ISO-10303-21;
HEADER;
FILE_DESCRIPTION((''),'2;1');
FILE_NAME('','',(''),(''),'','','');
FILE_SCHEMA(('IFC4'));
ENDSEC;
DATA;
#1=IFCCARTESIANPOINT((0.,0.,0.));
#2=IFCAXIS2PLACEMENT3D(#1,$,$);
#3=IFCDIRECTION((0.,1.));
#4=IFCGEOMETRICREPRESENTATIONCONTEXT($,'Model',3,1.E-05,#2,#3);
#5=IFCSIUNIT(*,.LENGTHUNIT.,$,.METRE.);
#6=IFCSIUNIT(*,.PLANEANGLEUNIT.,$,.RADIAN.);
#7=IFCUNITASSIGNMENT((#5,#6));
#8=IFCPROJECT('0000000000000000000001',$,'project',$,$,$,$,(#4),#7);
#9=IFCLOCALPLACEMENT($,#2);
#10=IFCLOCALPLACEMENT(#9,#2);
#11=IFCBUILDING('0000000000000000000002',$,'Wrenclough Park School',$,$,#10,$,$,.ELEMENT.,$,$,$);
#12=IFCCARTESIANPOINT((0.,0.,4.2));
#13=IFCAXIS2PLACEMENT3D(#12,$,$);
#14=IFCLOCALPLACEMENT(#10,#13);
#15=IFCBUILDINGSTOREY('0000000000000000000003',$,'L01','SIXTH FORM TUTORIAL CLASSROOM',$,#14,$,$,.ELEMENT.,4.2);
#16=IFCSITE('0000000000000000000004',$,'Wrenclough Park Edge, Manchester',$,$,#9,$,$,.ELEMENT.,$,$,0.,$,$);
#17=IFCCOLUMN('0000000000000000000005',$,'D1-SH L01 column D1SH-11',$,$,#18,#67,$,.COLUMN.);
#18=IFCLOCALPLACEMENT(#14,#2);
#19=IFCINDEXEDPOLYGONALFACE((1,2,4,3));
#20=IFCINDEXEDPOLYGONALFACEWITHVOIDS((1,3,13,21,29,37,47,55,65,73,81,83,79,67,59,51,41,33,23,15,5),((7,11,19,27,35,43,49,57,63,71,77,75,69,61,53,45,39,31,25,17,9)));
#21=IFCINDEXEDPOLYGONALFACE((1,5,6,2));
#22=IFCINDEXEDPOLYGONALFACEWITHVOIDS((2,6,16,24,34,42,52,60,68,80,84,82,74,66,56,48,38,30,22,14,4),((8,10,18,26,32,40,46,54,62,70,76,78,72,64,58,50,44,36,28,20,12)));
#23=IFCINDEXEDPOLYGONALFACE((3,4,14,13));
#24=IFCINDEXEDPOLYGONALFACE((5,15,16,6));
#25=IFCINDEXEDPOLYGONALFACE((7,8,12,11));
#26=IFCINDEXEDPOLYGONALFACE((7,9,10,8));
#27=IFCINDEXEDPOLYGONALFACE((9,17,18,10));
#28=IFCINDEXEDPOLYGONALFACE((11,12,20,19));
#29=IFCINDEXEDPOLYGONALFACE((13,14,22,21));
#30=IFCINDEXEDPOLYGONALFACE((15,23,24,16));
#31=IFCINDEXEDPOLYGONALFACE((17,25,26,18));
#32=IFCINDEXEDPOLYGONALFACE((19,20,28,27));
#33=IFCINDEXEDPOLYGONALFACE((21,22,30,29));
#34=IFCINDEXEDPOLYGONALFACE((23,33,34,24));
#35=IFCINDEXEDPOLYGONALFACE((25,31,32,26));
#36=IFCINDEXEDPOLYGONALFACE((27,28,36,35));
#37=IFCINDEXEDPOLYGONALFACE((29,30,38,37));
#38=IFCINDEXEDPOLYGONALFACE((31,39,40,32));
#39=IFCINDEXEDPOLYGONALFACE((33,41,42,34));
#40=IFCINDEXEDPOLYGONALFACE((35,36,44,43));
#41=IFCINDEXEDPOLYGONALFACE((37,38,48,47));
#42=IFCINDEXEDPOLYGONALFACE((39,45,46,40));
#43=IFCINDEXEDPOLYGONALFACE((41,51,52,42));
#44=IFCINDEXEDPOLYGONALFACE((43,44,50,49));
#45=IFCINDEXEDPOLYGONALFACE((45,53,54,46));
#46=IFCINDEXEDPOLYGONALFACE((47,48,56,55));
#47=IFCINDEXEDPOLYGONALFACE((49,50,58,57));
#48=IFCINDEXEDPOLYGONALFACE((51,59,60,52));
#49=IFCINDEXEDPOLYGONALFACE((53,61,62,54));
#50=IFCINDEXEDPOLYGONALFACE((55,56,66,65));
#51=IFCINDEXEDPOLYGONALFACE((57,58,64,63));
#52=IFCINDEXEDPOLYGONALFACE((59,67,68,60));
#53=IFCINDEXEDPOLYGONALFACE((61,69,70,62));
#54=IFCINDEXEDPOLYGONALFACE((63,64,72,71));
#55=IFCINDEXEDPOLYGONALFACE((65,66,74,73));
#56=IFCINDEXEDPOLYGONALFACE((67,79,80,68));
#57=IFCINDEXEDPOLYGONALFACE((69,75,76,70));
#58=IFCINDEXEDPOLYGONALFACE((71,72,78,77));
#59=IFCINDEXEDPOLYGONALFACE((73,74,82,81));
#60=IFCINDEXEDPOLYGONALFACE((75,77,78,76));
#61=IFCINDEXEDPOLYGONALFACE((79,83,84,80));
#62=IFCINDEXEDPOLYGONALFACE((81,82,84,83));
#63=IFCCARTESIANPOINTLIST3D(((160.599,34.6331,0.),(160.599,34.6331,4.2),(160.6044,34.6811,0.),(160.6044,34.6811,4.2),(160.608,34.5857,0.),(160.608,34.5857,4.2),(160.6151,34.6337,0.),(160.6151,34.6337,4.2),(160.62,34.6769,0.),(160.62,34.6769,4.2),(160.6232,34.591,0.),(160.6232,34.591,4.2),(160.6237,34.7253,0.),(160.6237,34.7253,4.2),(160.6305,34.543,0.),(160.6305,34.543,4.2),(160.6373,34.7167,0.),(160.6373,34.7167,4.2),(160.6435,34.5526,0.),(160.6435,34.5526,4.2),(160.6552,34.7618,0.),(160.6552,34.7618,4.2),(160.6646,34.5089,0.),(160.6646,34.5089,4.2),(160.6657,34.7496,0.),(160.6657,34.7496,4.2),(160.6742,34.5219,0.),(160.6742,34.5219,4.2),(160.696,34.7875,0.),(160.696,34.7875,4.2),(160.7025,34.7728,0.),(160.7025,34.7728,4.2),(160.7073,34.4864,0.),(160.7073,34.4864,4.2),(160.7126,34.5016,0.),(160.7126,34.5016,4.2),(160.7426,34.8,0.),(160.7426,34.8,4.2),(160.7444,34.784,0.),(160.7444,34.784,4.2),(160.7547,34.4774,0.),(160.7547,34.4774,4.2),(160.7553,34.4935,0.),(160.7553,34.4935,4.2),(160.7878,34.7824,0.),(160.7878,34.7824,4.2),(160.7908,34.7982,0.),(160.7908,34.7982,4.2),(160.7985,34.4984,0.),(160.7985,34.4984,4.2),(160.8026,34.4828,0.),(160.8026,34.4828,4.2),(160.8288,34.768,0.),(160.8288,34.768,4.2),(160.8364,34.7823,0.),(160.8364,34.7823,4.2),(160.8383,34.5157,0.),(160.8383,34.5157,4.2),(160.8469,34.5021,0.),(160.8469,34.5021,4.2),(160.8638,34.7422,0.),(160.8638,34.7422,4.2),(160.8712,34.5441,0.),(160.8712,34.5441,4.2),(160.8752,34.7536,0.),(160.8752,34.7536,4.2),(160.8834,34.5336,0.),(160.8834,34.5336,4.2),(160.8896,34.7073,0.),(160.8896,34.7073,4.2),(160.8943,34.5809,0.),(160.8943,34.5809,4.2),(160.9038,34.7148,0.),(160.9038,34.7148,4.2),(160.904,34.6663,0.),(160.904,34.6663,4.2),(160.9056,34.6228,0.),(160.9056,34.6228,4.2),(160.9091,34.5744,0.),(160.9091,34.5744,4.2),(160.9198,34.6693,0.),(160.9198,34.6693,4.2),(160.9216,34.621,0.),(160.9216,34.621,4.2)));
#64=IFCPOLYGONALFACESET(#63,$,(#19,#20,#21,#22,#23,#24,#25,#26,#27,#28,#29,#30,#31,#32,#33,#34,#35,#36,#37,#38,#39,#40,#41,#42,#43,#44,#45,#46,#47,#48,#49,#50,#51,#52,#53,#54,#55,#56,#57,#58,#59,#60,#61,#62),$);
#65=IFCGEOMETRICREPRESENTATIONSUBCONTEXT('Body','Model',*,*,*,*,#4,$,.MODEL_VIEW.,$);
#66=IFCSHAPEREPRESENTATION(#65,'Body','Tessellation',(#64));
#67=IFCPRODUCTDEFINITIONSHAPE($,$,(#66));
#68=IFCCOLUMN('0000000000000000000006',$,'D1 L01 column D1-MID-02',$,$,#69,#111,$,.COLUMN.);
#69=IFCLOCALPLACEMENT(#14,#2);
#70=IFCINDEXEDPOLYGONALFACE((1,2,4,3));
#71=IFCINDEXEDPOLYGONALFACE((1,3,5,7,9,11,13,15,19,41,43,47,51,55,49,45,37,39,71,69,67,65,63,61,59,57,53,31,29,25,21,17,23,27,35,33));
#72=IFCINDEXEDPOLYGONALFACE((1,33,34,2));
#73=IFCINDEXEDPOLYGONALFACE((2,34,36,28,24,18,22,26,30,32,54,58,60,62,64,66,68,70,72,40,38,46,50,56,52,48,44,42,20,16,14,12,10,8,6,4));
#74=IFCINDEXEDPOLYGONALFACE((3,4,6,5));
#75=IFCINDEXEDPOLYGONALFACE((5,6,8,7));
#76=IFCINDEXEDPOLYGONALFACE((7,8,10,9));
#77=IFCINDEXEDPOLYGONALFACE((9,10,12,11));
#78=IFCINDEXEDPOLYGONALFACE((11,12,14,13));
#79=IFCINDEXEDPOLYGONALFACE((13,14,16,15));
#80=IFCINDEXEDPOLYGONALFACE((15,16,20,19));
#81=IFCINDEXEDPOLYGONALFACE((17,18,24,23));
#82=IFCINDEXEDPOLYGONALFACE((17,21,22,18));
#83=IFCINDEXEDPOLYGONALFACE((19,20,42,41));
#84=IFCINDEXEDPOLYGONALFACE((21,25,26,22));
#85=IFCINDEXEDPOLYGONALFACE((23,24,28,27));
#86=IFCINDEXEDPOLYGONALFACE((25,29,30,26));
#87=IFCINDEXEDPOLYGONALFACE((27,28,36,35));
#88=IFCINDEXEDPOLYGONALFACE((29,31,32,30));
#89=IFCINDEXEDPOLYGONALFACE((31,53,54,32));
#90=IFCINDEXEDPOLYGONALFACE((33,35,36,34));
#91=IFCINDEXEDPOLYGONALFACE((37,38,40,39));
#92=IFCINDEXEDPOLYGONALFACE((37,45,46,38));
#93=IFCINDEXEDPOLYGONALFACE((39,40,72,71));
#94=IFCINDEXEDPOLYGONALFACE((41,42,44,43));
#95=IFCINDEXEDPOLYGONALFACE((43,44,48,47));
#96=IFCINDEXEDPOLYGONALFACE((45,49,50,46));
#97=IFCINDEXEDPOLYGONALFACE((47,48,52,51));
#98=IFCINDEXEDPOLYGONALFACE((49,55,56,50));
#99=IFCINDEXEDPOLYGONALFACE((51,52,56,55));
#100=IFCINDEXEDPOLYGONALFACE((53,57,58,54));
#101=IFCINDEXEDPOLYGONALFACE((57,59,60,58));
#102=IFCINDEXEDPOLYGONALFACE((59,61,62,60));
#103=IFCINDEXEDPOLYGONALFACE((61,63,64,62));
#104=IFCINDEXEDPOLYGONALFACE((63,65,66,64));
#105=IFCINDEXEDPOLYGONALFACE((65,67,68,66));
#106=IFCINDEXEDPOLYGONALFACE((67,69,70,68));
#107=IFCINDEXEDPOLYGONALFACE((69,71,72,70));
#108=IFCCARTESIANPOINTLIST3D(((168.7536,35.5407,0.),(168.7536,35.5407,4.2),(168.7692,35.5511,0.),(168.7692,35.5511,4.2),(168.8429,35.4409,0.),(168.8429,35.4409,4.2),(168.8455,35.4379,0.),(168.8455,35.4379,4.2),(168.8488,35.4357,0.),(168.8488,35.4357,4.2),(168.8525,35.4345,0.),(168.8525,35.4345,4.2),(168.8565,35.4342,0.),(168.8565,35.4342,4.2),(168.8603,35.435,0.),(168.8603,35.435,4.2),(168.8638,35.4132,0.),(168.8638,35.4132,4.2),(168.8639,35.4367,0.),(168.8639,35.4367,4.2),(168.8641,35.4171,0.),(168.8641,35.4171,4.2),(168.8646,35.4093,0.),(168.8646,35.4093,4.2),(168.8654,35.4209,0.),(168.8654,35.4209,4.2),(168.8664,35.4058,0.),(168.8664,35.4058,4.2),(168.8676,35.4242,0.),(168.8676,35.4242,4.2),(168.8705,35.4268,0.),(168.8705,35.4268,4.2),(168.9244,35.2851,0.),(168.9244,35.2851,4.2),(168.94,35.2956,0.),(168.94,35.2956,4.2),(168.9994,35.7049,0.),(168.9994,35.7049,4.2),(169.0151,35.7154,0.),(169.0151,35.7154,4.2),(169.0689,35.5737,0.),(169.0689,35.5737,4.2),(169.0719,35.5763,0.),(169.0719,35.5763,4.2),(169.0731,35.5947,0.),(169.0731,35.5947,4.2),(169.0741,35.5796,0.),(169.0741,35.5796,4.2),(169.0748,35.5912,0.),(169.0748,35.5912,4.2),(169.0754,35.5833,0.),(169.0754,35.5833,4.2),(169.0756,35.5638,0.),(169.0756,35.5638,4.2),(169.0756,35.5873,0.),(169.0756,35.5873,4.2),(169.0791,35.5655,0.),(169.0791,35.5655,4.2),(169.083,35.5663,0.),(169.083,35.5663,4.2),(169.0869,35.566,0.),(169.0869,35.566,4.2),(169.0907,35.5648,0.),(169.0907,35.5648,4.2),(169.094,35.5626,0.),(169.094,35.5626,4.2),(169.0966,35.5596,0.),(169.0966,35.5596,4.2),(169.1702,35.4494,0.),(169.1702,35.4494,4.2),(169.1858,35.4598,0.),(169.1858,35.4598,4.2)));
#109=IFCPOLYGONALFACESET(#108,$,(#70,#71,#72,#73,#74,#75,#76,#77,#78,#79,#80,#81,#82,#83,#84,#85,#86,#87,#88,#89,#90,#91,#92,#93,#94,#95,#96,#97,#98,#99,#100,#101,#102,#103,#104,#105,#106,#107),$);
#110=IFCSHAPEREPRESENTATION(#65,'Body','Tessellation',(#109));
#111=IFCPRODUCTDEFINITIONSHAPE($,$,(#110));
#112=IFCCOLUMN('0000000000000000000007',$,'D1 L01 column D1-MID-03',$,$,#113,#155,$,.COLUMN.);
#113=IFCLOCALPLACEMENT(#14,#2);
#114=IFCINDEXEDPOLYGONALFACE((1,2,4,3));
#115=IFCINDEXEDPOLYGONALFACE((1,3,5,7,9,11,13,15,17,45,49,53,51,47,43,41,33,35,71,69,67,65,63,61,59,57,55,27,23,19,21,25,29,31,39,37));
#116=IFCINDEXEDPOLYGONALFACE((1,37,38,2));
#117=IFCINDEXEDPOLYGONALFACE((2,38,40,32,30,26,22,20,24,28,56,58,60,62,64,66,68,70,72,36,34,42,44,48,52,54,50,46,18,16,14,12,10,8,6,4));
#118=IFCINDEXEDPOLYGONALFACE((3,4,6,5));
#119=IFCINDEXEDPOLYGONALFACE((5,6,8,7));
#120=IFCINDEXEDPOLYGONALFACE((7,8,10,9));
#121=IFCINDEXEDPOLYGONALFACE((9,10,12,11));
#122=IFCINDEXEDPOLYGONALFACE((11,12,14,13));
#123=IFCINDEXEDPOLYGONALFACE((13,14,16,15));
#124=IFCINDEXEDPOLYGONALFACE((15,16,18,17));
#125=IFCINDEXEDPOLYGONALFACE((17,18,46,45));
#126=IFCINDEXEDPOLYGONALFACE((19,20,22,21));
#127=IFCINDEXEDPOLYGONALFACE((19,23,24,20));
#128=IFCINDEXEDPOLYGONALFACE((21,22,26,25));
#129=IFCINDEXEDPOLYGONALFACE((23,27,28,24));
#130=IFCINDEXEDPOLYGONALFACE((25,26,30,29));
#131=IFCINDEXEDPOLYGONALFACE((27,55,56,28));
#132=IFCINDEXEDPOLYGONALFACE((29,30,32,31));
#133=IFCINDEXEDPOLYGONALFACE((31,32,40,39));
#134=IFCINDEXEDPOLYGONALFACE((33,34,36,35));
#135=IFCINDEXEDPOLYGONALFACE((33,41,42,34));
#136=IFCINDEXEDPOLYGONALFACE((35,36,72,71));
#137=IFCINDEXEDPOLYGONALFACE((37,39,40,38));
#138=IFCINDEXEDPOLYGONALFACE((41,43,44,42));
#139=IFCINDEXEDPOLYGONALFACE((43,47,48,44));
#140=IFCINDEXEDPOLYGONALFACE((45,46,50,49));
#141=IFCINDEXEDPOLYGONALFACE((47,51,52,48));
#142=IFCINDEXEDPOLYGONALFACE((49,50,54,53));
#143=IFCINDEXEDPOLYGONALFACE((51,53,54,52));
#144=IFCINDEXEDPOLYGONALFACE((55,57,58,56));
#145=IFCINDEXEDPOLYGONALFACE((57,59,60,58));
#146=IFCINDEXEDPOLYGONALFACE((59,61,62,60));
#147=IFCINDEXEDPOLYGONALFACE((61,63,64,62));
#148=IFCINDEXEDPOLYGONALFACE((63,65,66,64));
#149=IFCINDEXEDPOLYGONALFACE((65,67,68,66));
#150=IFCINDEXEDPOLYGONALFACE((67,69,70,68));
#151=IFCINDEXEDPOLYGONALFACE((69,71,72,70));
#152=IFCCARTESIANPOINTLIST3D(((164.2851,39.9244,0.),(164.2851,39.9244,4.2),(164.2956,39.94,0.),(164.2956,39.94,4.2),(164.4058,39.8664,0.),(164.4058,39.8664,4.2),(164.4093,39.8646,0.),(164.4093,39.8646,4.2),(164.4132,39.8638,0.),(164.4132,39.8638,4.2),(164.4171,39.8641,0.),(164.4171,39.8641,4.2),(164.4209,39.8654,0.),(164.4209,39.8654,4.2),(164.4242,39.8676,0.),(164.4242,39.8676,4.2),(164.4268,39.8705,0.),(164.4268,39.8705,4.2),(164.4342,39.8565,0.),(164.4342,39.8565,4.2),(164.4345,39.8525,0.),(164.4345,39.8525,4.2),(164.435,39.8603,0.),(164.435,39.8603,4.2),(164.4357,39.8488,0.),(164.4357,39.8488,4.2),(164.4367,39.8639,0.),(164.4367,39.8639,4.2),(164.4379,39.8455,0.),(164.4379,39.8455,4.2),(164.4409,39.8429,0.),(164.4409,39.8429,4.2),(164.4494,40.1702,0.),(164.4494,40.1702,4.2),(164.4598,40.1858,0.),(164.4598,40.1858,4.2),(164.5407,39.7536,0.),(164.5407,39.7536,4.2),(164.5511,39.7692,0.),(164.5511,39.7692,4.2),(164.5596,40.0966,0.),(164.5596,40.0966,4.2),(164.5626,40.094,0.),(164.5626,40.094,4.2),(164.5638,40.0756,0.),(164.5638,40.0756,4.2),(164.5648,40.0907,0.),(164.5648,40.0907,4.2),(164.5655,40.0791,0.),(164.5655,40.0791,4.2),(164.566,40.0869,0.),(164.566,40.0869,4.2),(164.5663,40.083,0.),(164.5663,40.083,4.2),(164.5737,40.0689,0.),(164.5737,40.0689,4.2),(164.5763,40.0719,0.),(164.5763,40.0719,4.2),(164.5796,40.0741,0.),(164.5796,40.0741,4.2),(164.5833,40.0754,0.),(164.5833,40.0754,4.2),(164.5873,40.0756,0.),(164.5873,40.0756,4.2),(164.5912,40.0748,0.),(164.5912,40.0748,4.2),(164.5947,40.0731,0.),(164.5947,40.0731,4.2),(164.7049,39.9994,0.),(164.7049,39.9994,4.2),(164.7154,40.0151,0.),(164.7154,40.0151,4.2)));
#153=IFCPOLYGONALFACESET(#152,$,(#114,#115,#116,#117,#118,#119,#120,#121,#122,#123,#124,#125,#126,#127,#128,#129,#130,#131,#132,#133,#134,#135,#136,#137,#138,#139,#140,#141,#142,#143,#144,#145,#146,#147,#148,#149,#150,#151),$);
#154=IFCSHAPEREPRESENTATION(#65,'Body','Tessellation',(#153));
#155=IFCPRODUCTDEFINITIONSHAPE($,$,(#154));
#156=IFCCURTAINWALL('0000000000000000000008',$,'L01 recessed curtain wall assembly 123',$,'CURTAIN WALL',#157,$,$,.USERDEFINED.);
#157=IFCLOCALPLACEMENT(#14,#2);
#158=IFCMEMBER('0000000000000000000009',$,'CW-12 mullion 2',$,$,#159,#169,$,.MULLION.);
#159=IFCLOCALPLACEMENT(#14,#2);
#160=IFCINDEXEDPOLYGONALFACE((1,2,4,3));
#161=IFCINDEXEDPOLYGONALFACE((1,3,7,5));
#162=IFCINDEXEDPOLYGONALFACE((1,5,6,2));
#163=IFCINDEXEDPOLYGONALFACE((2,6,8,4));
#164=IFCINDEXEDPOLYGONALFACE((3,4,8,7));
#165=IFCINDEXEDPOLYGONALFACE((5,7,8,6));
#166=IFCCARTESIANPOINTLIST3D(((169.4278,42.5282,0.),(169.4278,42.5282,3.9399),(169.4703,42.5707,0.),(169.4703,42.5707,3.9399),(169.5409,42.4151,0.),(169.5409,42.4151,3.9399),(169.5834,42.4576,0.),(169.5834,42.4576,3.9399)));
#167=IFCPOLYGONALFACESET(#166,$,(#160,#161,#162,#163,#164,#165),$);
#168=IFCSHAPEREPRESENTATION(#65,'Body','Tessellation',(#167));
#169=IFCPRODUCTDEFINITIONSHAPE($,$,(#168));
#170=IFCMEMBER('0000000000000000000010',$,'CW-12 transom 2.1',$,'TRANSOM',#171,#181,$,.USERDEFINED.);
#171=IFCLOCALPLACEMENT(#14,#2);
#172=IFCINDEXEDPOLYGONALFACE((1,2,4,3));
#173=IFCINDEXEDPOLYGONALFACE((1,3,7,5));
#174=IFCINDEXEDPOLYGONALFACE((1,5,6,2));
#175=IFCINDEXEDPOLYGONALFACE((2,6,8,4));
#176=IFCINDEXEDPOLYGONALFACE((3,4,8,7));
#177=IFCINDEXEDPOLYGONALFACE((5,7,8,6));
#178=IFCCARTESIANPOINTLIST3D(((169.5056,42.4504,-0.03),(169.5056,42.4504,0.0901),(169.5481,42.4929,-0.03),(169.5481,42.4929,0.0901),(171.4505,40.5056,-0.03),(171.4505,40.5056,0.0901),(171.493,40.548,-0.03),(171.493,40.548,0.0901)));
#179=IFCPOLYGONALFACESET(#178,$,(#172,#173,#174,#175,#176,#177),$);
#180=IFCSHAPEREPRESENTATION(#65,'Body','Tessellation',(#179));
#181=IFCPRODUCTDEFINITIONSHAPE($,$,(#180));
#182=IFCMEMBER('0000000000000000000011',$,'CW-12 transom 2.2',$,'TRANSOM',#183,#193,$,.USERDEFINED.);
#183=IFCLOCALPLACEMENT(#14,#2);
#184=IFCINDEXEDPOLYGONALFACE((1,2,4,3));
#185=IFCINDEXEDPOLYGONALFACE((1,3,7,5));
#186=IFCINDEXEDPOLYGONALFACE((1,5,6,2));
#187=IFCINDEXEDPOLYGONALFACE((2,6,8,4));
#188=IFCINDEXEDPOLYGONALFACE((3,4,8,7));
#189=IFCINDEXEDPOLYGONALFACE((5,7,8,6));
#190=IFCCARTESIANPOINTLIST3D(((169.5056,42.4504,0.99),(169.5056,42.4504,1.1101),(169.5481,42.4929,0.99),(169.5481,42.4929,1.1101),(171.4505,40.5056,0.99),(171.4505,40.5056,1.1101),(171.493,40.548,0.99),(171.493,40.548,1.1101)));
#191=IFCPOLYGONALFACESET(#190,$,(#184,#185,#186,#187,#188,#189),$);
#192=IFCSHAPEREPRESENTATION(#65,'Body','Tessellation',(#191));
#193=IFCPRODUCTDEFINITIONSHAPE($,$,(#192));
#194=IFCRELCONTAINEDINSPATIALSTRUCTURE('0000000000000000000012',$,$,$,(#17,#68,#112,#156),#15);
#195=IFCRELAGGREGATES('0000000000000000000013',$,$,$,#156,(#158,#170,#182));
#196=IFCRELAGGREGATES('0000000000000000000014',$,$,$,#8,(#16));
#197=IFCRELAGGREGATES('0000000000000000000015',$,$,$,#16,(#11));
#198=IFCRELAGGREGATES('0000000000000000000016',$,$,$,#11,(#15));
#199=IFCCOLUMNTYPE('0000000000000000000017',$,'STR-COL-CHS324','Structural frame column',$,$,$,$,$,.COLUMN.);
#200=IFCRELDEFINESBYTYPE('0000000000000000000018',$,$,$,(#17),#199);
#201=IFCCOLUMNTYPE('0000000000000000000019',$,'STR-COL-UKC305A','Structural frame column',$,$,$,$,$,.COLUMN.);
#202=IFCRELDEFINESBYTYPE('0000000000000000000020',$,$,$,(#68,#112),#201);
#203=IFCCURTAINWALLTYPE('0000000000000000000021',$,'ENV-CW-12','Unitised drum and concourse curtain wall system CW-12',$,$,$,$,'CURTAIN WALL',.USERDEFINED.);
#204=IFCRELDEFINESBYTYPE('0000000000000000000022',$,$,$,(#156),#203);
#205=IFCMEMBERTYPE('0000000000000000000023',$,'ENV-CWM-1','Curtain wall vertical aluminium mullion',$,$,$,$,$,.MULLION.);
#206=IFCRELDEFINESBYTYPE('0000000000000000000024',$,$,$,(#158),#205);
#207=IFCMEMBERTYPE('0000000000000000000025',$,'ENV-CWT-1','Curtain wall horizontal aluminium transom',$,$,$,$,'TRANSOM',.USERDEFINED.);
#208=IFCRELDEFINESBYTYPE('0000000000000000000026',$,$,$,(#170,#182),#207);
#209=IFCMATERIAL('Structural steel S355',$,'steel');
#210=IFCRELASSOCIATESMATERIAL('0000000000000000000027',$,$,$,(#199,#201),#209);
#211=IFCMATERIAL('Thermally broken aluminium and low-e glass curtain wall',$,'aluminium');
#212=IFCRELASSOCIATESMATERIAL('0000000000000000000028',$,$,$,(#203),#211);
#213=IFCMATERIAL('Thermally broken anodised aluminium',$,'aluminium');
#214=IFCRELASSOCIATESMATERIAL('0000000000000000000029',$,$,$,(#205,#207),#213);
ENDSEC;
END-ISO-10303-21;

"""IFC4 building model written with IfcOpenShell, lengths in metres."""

from ifc_helpers import new_model, si_unit, direction, frame, origin, origin_2d, place, context, subcontext, project, spatial, rectangle, hollow_circle, i_section, extrude, material, material_profile, profile_set, type_object, element, aggregate, save


model = new_model("IFC4")

# Units and contexts
model_context = context("Model", 3, precision=1e-05, world=origin(), true_north=direction((0.0, 1.0)))
body_context = subcontext(model_context, "Body", "Model", "MODEL_VIEW")
ifc_project = project(units=[si_unit("LENGTHUNIT", "METRE"), si_unit("PLANEANGLEUNIT", "RADIAN")], contexts=[model_context])

# Site, building, storey
site_placement = place(None, origin())
site = spatial("IfcSite", under=ifc_project, at=site_placement, Name="Wrenclough Park Edge, Manchester", CompositionType="ELEMENT", RefElevation=0.0)
building_placement = place(site_placement, origin())
building = spatial("IfcBuilding", under=site, at=building_placement, Name="Wrenclough Park School", CompositionType="ELEMENT")
storey_placement = place(building_placement, frame((0.0, 0.0, 4.2)))
storey = spatial("IfcBuildingStorey", under=building, at=storey_placement, Name="L01", Description="SIXTH FORM TUTORIAL CLASSROOM", CompositionType="ELEMENT", Elevation=4.2)

# Columns
ifc_material_1 = material(Name="Structural steel S355", Category="steel")
ifc_material_profile_1 = material_profile(ifc_material_1, hollow_circle(Radius=0.1619, WallThickness=0.0161, at=origin_2d()), Name="CHS 323.9x16.0")
ifc_profile_set_1 = profile_set([ifc_material_profile_1], Name="Structural steel S355")
column_type_1 = type_object("IfcColumnType", Name="STR-COL-CHS324", Description="Structural frame column", PredefinedType="COLUMN", material=ifc_profile_set_1)
column_placement = place(storey_placement, frame((160.7607, 34.6392, 0.0), z_axis=(0.0, 0.0, 1.0), x_axis=(0.707107, 0.707107, 0.0)))
element("IfcColumn", 1, at=column_placement, inside=storey, type_object=column_type_1, Name="D1-SH L01 column D1SH-11", PredefinedType="COLUMN", context=body_context, shape_type="SweptSolid", body=[
    extrude(hollow_circle(Radius=0.1619, WallThickness=0.0161, at=origin_2d()), origin(), (0.0, 0.0, 1.0), 4.2),
])
ifc_material_profile_2 = material_profile(ifc_material_1, i_section(OverallWidth=0.3074, OverallDepth=0.3145, WebThickness=0.012, FlangeThickness=0.0188, FilletRadius=0.0151, at=origin_2d()), Name="UKC 305x305x118")
ifc_profile_set_2 = profile_set([ifc_material_profile_2], Name="Structural steel S355")
column_type_2 = type_object("IfcColumnType", Name="STR-COL-UKC305A", Description="Structural frame column", PredefinedType="COLUMN", material=ifc_profile_set_2)
for number, where, z_axis, x_axis, name in (
    (2, (168.9697, 35.5002, 0.0), (0.0, 0.0, 1.0), (-0.55557, 0.83147, 0.0), "D1 L01 column D1-MID-02"),
    (3, (164.5002, 39.9697, 0.0), (0.0, 0.0, 1.0), (-0.83147, 0.55557, 0.0), "D1 L01 column D1-MID-03"),
):
    element("IfcColumn", number, at=place(storey_placement, frame(where, z_axis=z_axis, x_axis=x_axis)), inside=storey, type_object=column_type_2, Name=name, PredefinedType="COLUMN", context=body_context, shape_type="SweptSolid", body=[
        extrude(i_section(OverallWidth=0.3074, OverallDepth=0.3145, WebThickness=0.012, FlangeThickness=0.0188, FilletRadius=0.0151, at=origin_2d()), origin(), (0.0, 0.0, 1.0), 4.2),
    ])

# Curtain wall, members
ifc_material_2 = material(Name="Thermally broken aluminium and low-e glass curtain wall", Category="aluminium")
curtain_wall_type = type_object("IfcCurtainWallType", Name="ENV-CW-12", Description="Unitised drum and concourse curtain wall system CW-12", ElementType="CURTAIN WALL", PredefinedType="USERDEFINED", material=ifc_material_2)
curtain_wall_placement = place(storey_placement, origin())
curtain_wall = element("IfcCurtainWall", 4, at=curtain_wall_placement, inside=storey, type_object=curtain_wall_type, Name="L01 recessed curtain wall assembly 123", ObjectType="CURTAIN WALL", PredefinedType="USERDEFINED")
ifc_material_3 = material(Name="Thermally broken anodised aluminium", Category="aluminium")
ifc_material_profile_3 = material_profile(ifc_material_3, rectangle(XDim=0.0601, YDim=0.1599, at=origin_2d()), Name="AL MULLION 60x160")
ifc_profile_set_3 = profile_set([ifc_material_profile_3], Name="Thermally broken anodised aluminium")
member_type_1 = type_object("IfcMemberType", Name="ENV-CWM-1", Description="Curtain wall vertical aluminium mullion", PredefinedType="MULLION", material=ifc_profile_set_3)
member_1_placement = place(storey_placement, frame((169.5056, 42.4929, 0.0), z_axis=(0.0, 0.0, 1.0), x_axis=(0.707107, 0.707107, 0.0)))
member_1 = element("IfcMember", 5, at=member_1_placement, type_object=member_type_1, Name="CW-12 mullion 2", PredefinedType="MULLION", context=body_context, shape_type="SweptSolid", body=[
    extrude(rectangle(XDim=0.0601, YDim=0.1599, at=origin_2d()), origin(), (0.0, 0.0, 1.0), 3.9399),
])
ifc_material_profile_4 = material_profile(ifc_material_3, rectangle(XDim=0.0601, YDim=0.1201, at=origin_2d()), Name="AL TRANSOM 60x120")
ifc_profile_set_4 = profile_set([ifc_material_profile_4], Name="Thermally broken anodised aluminium")
member_type_2 = type_object("IfcMemberType", Name="ENV-CWT-1", Description="Curtain wall horizontal aluminium transom", ElementType="TRANSOM", PredefinedType="USERDEFINED", material=ifc_profile_set_4)
member_2_placement = place(storey_placement, frame((169.5269, 42.4717, 0.03), z_axis=(0.707107, -0.707107, 0.0), x_axis=(0.707107, 0.707107, 0.0)))
member_2 = element("IfcMember", 6, at=member_2_placement, type_object=member_type_2, Name="CW-12 transom 2.1", ObjectType="TRANSOM", PredefinedType="USERDEFINED", context=body_context, shape_type="SweptSolid", body=[
    extrude(rectangle(XDim=0.0601, YDim=0.1201, at=origin_2d()), origin(), (0.0, 0.0, 1.0), 2.7505),
])
member_3_placement = place(storey_placement, frame((169.5269, 42.4717, 1.05), z_axis=(0.707107, -0.707107, 0.0), x_axis=(0.707107, 0.707107, 0.0)))
member_3 = element("IfcMember", 7, at=member_3_placement, type_object=member_type_2, Name="CW-12 transom 2.2", ObjectType="TRANSOM", PredefinedType="USERDEFINED", context=body_context, shape_type="SweptSolid", body=[
    extrude(rectangle(XDim=0.0601, YDim=0.1201, at=origin_2d()), origin(), (0.0, 0.0, 1.0), 2.7505),
])
aggregate(curtain_wall, [member_1, member_2, member_3])

save(model, "model.ifc")
